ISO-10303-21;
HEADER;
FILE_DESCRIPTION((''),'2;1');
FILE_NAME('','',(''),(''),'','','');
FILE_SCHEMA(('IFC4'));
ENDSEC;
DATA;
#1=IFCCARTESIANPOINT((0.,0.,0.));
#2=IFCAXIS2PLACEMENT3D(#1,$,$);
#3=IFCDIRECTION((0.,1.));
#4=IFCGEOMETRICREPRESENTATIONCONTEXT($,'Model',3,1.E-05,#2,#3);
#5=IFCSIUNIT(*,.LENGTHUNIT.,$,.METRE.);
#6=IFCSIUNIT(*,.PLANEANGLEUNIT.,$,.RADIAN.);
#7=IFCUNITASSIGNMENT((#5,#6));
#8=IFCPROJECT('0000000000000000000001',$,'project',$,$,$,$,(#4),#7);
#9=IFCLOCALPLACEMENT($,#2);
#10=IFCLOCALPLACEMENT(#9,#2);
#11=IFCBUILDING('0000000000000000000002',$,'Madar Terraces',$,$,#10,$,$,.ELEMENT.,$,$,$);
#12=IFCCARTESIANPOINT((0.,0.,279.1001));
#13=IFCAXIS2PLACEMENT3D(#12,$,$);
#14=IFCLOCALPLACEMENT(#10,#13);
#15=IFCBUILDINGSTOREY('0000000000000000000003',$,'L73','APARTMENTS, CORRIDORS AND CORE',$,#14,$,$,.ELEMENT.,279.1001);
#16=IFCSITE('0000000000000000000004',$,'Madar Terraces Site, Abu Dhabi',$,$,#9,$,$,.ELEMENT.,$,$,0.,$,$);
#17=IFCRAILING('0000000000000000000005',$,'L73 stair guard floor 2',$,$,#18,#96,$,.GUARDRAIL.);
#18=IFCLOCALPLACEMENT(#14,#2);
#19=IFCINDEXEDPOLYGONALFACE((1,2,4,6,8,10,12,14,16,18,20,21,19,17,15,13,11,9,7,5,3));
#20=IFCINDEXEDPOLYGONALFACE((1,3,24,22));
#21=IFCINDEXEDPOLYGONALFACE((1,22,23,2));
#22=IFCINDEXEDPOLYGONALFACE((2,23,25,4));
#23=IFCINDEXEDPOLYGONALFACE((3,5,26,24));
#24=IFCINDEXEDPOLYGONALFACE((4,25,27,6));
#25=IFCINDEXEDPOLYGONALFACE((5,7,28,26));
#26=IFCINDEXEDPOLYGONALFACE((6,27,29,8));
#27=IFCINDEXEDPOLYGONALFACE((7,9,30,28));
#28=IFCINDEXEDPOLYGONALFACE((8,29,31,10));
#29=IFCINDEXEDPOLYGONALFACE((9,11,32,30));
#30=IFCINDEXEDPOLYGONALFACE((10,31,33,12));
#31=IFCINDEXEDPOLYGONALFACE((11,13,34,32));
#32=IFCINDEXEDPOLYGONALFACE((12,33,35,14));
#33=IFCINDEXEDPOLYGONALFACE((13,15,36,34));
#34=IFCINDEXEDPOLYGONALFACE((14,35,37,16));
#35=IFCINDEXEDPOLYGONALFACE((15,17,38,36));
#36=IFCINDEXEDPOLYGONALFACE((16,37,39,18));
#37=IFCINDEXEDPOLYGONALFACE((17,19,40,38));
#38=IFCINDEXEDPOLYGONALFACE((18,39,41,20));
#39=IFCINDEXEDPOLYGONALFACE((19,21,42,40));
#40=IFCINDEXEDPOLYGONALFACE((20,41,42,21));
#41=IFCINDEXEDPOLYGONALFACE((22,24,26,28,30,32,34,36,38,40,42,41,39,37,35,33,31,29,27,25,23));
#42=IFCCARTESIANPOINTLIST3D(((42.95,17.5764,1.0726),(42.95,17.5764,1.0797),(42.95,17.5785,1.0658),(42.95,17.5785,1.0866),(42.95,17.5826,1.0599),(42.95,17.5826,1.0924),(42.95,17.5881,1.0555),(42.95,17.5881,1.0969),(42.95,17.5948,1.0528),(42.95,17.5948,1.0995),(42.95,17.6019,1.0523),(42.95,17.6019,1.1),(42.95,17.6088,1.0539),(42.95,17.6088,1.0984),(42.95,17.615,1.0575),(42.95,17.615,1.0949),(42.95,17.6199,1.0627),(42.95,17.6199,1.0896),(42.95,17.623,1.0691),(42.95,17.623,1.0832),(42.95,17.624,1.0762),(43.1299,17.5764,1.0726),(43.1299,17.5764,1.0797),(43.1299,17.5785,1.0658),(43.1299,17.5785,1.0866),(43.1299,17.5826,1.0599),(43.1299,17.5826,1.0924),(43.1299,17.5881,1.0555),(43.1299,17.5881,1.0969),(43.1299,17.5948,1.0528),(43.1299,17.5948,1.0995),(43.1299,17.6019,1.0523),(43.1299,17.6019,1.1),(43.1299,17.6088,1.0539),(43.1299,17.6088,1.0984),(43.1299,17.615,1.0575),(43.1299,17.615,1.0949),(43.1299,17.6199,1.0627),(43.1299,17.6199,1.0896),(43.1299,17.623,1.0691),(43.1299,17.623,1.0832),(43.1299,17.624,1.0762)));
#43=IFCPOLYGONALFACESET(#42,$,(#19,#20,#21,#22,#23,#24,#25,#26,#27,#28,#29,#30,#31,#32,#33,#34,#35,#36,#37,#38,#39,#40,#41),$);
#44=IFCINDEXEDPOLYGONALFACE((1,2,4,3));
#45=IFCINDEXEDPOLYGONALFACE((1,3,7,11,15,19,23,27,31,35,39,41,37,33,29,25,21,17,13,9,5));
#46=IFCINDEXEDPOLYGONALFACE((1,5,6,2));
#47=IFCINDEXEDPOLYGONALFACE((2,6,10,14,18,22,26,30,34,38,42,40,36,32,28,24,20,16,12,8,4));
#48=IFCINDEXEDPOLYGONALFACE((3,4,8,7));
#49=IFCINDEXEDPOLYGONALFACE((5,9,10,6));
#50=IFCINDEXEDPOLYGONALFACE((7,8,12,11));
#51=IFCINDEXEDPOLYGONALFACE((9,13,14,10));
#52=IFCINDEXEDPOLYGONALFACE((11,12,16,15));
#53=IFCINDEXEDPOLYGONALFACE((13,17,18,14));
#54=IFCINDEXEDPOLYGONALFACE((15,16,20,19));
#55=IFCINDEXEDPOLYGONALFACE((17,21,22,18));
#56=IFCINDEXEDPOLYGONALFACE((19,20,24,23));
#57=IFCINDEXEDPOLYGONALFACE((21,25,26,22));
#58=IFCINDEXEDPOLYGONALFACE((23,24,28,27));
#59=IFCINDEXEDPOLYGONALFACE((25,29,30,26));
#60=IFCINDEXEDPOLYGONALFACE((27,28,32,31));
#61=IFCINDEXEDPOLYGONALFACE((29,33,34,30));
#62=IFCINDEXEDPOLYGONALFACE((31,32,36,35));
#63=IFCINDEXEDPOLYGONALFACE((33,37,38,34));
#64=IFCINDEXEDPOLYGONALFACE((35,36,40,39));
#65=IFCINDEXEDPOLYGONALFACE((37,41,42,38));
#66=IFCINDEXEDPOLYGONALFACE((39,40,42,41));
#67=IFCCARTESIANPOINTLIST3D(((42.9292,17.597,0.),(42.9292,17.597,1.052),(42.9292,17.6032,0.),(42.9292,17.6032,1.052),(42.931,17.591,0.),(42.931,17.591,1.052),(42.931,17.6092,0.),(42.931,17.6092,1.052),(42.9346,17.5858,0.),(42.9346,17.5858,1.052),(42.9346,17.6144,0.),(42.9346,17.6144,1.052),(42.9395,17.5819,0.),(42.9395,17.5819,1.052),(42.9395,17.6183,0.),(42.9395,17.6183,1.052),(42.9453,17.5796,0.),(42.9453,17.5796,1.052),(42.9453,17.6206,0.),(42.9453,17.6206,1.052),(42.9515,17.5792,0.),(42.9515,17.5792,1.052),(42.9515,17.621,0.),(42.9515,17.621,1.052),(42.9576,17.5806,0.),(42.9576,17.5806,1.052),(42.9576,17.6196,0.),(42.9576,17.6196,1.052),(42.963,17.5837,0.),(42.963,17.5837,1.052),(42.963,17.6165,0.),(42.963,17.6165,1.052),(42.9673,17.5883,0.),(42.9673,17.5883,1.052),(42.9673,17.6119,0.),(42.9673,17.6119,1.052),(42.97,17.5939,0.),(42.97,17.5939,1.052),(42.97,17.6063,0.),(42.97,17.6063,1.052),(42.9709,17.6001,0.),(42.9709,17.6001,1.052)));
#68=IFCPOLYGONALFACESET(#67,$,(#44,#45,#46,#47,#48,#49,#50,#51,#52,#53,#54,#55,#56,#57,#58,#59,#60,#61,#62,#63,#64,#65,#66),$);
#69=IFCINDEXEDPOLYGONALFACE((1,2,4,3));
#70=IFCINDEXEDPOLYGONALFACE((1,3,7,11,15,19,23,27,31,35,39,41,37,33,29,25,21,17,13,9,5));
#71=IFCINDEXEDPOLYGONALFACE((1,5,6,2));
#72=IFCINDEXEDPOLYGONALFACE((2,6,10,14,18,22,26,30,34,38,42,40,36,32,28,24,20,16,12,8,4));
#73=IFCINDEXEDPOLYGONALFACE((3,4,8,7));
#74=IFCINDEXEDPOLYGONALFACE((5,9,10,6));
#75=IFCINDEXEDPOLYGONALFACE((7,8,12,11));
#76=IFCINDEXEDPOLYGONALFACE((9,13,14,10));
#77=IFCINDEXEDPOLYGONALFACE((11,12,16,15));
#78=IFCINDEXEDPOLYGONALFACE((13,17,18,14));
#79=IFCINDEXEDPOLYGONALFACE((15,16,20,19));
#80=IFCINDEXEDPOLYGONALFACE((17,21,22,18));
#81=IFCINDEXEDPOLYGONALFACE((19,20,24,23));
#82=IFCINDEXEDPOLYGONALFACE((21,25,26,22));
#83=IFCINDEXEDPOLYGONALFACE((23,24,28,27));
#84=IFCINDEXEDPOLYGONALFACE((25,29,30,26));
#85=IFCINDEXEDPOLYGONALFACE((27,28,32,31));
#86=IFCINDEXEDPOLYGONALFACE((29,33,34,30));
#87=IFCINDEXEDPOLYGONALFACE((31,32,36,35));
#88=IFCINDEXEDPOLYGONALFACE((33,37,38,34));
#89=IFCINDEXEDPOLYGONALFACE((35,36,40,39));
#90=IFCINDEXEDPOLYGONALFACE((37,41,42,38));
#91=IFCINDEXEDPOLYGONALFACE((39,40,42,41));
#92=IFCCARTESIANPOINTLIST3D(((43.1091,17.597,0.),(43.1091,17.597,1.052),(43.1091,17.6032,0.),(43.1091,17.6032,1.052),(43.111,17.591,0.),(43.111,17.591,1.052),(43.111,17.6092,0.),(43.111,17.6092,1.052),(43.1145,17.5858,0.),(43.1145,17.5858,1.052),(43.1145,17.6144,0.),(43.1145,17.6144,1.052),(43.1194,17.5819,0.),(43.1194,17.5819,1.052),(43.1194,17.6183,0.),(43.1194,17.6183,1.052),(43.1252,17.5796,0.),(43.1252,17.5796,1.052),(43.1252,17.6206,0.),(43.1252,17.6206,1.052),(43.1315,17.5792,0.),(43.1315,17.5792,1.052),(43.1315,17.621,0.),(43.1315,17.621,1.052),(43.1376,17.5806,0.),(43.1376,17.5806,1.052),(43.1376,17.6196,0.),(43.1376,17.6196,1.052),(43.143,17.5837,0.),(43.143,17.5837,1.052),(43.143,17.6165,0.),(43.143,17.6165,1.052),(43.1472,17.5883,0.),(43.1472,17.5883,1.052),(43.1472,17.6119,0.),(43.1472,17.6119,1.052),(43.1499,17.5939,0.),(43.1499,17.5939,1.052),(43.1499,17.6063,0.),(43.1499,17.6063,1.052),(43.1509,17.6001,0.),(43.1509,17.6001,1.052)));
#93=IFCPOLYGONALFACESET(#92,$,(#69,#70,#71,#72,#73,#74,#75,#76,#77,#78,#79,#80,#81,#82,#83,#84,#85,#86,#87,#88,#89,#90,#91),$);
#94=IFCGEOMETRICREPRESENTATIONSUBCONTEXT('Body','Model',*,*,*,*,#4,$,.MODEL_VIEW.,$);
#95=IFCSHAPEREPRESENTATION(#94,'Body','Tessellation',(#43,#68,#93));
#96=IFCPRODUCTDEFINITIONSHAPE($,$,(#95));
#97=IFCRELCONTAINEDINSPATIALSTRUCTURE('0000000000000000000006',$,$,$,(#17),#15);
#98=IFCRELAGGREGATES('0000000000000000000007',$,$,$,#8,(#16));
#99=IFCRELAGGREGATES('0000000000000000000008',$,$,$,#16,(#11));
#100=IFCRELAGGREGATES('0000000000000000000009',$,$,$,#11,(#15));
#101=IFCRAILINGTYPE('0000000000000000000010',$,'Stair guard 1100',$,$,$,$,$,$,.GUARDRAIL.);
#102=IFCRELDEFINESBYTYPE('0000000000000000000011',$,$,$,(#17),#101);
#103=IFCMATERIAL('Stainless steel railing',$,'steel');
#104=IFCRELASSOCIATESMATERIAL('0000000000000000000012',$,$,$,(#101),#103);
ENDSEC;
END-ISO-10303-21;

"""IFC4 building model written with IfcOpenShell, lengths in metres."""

from ifc_helpers import new_model, si_unit, direction, frame, origin, origin_2d, place, context, subcontext, project, spatial, circle, extrude, material, type_object, element, save


model = new_model("IFC4")

# Units and contexts
model_context = context("Model", 3, precision=1e-05, world=origin(), true_north=direction((0.0, 1.0)))
body_context = subcontext(model_context, "Body", "Model", "MODEL_VIEW")
ifc_project = project(units=[si_unit("LENGTHUNIT", "METRE"), si_unit("PLANEANGLEUNIT", "RADIAN")], contexts=[model_context])

# Site, building, storey
site_placement = place(None, origin())
site = spatial("IfcSite", under=ifc_project, at=site_placement, Name="Madar Terraces Site, Abu Dhabi", CompositionType="ELEMENT", RefElevation=0.0)
building_placement = place(site_placement, origin())
building = spatial("IfcBuilding", under=site, at=building_placement, Name="Madar Terraces", CompositionType="ELEMENT")
storey_placement = place(building_placement, frame((0.0, 0.0, 279.1001)))
storey = spatial("IfcBuildingStorey", under=building, at=storey_placement, Name="L73", Description="APARTMENTS, CORRIDORS AND CORE", CompositionType="ELEMENT", Elevation=279.1001)

# Railing
ifc_material_1 = material(Name="Stainless steel railing", Category="steel")
railing_type_1 = type_object("IfcRailingType", Name="Stair guard 1100", PredefinedType="GUARDRAIL", material=ifc_material_1)
for number, where, name in (
    (1, (42.95, 17.6001, 0.0), "L73 stair guard floor 2"),
):
    element("IfcRailing", number, at=place(storey_placement, frame(where)), inside=storey, type_object=railing_type_1, Name=name, PredefinedType="GUARDRAIL", context=body_context, shape_type="SweptSolid", body=[
        extrude(circle(Radius=0.0239, at=origin_2d()), frame((0.0, 0.0, 1.0762), z_axis=(1.0, 0.0, 0.0), x_axis=(0.0, 1.0, 0.0)), (0.0, 0.0, 1.0), 0.1799),
        extrude(circle(Radius=0.021, at=origin_2d()), origin(), (0.0, 0.0, 1.0), 1.052),
        extrude(circle(Radius=0.021, at=origin_2d()), frame((0.1799, 0.0, 0.0)), (0.0, 0.0, 1.0), 1.052),
    ])

save(model, "model.ifc")
